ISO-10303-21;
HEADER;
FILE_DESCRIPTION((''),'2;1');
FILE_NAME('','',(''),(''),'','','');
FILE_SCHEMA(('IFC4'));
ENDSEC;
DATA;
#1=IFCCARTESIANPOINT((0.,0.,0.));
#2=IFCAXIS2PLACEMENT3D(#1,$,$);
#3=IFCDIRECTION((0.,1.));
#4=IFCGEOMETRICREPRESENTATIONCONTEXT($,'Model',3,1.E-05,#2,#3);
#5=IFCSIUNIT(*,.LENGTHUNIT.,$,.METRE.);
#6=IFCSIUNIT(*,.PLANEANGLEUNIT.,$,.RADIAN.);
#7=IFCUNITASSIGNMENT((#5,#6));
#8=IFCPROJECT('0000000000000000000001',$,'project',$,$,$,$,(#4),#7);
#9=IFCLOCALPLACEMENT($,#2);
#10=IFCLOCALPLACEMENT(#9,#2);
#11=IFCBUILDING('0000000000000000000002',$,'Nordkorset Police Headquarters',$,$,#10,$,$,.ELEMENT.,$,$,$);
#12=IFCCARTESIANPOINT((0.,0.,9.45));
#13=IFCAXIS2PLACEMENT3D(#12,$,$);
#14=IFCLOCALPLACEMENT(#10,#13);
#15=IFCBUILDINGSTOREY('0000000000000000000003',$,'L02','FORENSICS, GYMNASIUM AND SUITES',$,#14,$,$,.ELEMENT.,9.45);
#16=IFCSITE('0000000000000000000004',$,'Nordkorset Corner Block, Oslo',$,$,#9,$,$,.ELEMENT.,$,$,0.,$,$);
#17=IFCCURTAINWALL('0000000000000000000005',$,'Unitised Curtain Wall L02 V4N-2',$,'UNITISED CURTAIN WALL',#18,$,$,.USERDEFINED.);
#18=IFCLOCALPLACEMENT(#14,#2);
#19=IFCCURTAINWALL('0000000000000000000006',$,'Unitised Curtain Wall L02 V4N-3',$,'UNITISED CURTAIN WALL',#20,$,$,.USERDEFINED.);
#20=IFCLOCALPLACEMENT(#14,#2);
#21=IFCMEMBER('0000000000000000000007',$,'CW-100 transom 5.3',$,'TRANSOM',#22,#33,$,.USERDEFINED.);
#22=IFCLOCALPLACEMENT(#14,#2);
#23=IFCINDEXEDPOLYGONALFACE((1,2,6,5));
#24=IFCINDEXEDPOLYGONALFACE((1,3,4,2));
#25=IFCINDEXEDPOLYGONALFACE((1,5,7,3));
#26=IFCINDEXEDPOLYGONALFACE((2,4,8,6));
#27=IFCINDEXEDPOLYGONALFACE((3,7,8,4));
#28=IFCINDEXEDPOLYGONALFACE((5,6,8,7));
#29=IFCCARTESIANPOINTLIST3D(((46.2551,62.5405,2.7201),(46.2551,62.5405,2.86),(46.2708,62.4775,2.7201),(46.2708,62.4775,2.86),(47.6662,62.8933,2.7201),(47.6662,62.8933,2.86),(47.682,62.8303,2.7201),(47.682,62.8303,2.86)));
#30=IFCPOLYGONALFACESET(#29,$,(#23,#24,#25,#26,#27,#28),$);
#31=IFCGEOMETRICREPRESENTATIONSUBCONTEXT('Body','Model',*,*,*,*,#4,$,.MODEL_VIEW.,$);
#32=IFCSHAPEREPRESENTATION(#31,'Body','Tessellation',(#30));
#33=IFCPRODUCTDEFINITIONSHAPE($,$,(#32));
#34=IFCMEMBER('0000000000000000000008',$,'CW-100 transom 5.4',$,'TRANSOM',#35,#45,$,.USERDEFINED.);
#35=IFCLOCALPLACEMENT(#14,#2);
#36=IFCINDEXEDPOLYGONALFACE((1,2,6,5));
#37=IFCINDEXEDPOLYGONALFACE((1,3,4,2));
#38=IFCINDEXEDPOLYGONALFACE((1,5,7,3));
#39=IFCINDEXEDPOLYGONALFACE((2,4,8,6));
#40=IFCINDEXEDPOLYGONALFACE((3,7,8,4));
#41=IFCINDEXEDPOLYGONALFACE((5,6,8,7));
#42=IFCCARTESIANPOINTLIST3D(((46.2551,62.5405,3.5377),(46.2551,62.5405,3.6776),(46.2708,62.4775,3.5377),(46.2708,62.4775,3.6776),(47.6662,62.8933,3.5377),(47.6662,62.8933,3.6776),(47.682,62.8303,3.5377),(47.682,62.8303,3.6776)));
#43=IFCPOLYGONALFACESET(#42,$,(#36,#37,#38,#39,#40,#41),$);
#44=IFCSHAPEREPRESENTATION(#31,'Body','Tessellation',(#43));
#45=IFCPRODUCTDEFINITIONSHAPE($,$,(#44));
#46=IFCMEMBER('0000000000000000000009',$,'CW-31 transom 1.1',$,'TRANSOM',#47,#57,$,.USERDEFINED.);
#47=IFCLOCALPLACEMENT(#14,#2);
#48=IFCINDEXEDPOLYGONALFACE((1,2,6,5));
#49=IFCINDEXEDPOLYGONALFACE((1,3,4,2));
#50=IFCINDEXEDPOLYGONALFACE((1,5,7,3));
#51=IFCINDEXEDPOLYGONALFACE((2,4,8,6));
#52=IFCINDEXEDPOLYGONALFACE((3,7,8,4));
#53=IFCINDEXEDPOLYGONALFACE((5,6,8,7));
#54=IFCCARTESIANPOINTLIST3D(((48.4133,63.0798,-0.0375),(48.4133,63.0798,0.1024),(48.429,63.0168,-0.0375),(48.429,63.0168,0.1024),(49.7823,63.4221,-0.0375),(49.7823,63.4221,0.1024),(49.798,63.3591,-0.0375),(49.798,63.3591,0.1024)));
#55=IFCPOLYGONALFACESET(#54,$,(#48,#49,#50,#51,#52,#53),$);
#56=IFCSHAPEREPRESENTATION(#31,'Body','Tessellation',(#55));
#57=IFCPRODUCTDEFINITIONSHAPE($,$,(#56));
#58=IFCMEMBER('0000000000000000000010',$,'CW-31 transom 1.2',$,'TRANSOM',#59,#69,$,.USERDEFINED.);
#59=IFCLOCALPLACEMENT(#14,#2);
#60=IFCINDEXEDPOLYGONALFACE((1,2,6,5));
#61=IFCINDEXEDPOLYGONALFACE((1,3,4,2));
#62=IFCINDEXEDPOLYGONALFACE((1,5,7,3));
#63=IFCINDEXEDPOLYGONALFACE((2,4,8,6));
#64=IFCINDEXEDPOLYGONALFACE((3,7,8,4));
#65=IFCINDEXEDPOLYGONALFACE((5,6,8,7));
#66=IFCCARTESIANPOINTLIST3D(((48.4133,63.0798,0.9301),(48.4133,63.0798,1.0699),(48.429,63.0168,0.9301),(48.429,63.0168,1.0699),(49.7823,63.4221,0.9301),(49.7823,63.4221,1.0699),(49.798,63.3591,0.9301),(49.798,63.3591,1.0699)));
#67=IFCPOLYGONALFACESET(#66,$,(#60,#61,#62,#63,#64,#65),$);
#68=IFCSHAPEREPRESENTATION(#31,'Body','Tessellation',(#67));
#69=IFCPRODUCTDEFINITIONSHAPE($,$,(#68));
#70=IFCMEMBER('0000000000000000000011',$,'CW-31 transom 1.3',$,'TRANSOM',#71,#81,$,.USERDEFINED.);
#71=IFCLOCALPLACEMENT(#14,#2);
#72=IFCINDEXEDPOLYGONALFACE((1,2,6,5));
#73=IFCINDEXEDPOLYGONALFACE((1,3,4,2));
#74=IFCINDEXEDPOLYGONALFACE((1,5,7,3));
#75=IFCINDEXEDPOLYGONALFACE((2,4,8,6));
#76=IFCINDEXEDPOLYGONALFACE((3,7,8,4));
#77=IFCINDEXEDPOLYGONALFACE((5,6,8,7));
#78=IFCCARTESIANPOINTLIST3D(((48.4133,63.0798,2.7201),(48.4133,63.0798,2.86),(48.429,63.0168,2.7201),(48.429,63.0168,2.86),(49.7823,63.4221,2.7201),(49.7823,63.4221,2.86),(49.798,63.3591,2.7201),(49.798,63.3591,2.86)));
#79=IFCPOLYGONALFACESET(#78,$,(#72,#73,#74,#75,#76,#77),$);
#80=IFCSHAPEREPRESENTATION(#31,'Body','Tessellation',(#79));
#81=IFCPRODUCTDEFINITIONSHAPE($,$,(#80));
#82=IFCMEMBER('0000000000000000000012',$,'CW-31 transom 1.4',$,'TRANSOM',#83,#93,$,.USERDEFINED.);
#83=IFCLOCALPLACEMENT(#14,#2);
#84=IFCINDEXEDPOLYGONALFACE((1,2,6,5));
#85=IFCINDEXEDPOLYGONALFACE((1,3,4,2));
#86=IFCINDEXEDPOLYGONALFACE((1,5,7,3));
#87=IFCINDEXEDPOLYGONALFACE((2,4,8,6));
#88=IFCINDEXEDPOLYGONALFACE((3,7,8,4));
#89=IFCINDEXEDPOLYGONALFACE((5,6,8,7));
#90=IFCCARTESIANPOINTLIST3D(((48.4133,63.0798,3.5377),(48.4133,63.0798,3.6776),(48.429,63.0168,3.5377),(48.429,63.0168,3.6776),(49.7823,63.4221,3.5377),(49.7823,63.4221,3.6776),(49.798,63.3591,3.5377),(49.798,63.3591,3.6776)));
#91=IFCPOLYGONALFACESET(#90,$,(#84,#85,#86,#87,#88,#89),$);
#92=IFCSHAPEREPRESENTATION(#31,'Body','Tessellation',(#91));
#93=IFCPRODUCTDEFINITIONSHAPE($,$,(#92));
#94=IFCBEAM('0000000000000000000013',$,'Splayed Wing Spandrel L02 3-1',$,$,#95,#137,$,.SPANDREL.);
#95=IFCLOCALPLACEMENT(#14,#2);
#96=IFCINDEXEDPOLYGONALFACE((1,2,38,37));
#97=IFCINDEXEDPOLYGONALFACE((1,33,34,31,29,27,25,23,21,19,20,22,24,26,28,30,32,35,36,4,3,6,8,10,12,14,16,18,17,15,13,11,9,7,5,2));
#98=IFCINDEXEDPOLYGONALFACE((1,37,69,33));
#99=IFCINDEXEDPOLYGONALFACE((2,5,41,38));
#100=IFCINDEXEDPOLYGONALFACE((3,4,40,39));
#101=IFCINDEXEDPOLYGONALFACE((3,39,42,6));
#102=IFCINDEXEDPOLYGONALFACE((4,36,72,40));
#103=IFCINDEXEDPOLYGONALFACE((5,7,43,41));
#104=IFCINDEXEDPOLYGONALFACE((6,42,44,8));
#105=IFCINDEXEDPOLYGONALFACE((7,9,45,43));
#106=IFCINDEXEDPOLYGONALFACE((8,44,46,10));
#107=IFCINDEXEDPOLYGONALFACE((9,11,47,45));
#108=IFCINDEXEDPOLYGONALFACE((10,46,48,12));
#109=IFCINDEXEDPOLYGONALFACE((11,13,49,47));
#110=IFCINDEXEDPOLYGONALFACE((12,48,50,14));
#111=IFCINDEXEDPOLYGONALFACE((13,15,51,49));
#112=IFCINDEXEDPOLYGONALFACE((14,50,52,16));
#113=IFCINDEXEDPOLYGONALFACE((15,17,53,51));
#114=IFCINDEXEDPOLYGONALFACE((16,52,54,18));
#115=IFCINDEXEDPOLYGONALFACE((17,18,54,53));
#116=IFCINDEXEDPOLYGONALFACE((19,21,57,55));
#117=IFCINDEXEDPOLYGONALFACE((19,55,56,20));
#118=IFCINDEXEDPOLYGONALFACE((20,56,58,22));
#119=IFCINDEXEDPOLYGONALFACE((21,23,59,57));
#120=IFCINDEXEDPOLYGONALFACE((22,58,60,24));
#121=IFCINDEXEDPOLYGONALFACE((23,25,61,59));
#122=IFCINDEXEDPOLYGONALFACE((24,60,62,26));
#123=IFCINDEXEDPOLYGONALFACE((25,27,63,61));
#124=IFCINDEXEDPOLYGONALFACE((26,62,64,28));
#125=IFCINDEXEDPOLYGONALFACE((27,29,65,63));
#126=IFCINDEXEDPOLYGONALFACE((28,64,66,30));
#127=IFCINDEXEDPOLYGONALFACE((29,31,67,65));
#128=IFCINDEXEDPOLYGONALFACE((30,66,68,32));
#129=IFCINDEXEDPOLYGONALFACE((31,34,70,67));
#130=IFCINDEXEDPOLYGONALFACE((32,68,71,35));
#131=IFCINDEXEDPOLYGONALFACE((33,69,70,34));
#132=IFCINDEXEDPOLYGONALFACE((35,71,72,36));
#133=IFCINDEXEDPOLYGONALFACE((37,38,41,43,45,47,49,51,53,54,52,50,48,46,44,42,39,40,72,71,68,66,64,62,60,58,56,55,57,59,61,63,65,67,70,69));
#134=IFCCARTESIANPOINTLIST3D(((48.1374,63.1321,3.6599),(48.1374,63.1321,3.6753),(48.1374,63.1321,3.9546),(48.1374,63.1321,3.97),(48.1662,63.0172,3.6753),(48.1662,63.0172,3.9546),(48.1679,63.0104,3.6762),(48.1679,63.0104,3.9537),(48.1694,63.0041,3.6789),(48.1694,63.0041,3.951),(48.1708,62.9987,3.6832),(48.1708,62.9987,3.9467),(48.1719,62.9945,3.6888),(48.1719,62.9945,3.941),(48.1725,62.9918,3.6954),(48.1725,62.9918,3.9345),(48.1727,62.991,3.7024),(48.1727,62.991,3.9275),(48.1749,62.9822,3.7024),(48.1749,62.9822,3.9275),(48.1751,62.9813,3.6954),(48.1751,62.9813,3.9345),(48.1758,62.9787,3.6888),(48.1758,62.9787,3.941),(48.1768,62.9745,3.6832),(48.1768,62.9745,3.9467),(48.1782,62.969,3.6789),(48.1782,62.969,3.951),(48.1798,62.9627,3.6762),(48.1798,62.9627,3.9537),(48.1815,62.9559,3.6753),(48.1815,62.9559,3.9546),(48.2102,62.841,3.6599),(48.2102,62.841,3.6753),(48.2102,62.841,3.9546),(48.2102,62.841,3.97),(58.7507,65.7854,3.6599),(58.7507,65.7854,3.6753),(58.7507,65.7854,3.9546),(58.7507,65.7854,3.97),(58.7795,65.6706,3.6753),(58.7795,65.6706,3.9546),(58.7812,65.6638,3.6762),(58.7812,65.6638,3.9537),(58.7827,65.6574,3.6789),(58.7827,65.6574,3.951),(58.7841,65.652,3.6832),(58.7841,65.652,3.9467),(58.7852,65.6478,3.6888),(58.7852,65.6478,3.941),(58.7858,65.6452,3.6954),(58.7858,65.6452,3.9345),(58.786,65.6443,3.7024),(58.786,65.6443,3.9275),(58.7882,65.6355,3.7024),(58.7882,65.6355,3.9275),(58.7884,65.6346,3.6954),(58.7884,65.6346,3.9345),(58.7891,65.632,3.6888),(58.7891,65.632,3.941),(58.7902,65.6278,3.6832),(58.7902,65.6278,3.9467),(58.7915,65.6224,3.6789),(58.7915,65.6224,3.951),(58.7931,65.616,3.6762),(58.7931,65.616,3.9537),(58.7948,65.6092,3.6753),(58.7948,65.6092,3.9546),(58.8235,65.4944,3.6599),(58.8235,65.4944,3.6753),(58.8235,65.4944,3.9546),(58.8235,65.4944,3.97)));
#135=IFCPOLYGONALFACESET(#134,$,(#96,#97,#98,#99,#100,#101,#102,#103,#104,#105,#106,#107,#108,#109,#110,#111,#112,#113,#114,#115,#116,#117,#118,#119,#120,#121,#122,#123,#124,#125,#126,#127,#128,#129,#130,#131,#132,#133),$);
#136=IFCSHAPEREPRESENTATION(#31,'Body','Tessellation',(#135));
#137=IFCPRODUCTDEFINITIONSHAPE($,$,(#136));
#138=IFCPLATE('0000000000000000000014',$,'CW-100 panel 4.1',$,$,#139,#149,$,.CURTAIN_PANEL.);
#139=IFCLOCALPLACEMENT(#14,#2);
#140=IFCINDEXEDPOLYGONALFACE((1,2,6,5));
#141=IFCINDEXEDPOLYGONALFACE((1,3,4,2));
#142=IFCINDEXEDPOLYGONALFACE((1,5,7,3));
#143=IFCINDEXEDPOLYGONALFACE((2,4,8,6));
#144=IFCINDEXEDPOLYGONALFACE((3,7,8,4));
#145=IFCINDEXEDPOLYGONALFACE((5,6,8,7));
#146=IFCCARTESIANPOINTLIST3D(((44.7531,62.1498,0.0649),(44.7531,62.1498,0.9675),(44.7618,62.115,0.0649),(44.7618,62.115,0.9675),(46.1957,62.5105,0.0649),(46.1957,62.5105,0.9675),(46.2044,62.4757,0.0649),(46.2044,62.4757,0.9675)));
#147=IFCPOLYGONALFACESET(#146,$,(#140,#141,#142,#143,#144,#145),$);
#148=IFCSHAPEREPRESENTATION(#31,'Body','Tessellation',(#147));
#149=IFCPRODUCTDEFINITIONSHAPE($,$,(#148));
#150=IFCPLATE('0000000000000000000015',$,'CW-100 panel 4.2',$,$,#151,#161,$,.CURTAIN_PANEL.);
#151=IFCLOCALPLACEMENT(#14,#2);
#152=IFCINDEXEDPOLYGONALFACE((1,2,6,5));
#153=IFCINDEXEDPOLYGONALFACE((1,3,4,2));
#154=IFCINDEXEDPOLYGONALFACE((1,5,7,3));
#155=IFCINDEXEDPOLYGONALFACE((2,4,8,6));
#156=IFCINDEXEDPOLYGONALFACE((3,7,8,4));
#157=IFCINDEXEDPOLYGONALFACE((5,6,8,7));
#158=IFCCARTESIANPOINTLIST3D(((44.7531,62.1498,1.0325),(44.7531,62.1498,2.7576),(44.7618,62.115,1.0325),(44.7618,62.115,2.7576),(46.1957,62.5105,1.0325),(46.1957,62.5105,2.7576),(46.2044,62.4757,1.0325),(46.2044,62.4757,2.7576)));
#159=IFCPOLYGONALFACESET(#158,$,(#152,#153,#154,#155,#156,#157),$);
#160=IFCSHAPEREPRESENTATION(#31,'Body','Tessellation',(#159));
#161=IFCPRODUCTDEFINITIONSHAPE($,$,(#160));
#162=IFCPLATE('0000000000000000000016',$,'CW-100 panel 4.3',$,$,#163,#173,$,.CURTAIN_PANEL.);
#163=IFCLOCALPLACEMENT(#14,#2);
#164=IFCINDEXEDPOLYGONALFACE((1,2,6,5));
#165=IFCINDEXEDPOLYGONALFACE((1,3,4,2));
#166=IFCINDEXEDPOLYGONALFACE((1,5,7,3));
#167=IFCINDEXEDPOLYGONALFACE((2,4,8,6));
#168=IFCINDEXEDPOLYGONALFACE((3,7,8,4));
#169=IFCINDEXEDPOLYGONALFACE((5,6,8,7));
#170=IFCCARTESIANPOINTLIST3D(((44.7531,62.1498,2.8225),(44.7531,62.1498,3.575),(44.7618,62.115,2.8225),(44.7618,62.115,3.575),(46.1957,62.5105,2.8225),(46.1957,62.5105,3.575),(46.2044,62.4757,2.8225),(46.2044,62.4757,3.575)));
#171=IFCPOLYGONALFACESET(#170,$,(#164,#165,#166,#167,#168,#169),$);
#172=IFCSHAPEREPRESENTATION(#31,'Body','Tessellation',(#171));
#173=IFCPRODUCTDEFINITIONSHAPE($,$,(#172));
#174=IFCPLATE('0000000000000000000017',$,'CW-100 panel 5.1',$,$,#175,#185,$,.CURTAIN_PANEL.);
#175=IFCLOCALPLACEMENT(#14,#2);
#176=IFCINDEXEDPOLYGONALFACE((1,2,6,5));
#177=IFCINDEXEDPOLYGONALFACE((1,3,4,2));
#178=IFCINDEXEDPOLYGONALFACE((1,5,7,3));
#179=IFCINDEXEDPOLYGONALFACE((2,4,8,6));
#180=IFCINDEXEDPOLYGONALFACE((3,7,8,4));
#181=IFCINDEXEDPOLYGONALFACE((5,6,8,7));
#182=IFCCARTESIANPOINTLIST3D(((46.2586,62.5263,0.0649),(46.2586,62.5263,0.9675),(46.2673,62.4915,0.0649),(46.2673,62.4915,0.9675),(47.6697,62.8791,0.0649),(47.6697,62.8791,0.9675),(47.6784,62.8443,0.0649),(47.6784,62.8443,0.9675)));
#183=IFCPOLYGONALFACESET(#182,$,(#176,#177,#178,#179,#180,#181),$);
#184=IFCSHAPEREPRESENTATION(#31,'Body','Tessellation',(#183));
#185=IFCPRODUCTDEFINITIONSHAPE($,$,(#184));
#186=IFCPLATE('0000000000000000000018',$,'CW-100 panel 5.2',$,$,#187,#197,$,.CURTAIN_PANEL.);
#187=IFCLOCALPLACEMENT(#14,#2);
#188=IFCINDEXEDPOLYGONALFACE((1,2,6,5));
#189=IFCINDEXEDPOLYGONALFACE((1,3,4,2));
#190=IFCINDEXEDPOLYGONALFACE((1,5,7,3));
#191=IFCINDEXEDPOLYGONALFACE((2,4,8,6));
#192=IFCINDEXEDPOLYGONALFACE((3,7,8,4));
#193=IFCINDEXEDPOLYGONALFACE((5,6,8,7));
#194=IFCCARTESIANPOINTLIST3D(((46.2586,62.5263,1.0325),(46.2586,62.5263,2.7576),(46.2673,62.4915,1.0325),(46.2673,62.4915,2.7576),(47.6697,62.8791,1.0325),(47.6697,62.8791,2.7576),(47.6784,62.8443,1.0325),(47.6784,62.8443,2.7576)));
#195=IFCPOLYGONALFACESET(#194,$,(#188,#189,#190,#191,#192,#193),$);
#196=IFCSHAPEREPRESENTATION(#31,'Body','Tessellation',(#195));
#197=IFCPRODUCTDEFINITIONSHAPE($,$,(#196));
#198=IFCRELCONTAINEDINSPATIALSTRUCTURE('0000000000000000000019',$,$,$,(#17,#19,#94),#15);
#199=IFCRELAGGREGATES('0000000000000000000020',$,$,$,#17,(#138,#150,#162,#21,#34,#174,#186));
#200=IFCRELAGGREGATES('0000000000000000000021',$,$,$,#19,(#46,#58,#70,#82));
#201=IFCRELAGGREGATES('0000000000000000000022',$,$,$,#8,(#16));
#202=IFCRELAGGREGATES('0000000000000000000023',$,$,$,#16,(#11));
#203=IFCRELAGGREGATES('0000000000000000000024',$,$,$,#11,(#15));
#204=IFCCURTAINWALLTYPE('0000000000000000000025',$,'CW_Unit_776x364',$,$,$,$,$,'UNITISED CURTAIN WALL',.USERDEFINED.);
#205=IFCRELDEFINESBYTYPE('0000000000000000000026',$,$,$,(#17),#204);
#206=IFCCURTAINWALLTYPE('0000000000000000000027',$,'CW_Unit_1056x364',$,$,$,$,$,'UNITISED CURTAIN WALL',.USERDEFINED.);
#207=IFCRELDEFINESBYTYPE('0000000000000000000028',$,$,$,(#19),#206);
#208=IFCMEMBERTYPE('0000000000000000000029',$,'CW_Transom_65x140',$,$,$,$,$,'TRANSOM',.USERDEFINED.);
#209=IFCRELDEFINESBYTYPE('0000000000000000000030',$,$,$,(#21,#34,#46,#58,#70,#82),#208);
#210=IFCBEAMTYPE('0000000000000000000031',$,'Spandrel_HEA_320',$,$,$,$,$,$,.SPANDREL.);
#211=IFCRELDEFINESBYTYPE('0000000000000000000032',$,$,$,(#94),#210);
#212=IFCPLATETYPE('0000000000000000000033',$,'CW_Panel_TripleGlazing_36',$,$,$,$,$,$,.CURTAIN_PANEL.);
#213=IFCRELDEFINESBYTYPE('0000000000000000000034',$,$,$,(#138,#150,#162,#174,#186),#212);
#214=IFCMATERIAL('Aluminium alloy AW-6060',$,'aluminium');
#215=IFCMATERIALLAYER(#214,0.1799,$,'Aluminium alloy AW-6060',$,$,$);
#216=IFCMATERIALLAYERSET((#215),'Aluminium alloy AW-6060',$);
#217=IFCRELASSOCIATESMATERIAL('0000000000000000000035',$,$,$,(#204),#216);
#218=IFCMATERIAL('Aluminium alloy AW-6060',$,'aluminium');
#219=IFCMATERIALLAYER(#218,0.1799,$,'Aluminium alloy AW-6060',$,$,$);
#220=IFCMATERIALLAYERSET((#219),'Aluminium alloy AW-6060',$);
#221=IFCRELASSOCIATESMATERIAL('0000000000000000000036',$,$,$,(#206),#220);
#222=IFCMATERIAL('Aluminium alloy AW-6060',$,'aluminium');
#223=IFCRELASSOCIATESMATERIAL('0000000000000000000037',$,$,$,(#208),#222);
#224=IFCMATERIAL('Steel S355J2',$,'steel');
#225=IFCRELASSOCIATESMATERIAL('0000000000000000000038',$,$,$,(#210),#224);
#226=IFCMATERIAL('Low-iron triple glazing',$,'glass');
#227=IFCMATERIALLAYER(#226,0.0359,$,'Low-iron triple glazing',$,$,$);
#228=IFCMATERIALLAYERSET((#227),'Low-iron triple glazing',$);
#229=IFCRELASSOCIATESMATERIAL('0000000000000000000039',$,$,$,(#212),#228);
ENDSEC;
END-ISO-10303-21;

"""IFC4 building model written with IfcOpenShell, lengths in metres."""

from ifc_helpers import new_model, si_unit, direction, frame, origin, origin_2d, place, context, subcontext, project, spatial, rectangle, i_section, extrude, material, layer, layer_set, material_profile, profile_set, type_object, element, aggregate, save


model = new_model("IFC4")

# Units and contexts
model_context = context("Model", 3, precision=1e-05, world=origin(), true_north=direction((0.0, 1.0)))
body_context = subcontext(model_context, "Body", "Model", "MODEL_VIEW")
ifc_project = project(units=[si_unit("LENGTHUNIT", "METRE"), si_unit("PLANEANGLEUNIT", "RADIAN")], contexts=[model_context])

# Site, building, storey
site_placement = place(None, origin())
site = spatial("IfcSite", under=ifc_project, at=site_placement, Name="Nordkorset Corner Block, Oslo", CompositionType="ELEMENT", RefElevation=0.0)
building_placement = place(site_placement, origin())
building = spatial("IfcBuilding", under=site, at=building_placement, Name="Nordkorset Police Headquarters", CompositionType="ELEMENT")
storey_placement = place(building_placement, frame((0.0, 0.0, 9.45)))
storey = spatial("IfcBuildingStorey", under=building, at=storey_placement, Name="L02", Description="FORENSICS, GYMNASIUM AND SUITES", CompositionType="ELEMENT", Elevation=9.45)

# Curtain wall
ifc_material_1 = material(Name="Aluminium alloy AW-6060", Category="aluminium")
ifc_layer_1 = layer(ifc_material_1, 0.1799, Name="Aluminium alloy AW-6060")
ifc_layer_set_1 = layer_set([ifc_layer_1], Name="Aluminium alloy AW-6060")
curtain_wall_type_1 = type_object("IfcCurtainWallType", Name="CW_Unit_776x364", ElementType="UNITISED CURTAIN WALL", PredefinedType="USERDEFINED", material=ifc_layer_set_1)
curtain_wall_1_placement = place(storey_placement, origin())
curtain_wall_1 = element("IfcCurtainWall", 1, at=curtain_wall_1_placement, inside=storey, type_object=curtain_wall_type_1, Name="Unitised Curtain Wall L02 V4N-2", ObjectType="UNITISED CURTAIN WALL", PredefinedType="USERDEFINED")

# Curtain wall
ifc_material_2 = material(Name="Aluminium alloy AW-6060", Category="aluminium")
ifc_layer_2 = layer(ifc_material_2, 0.1799, Name="Aluminium alloy AW-6060")
ifc_layer_set_2 = layer_set([ifc_layer_2], Name="Aluminium alloy AW-6060")
curtain_wall_type_2 = type_object("IfcCurtainWallType", Name="CW_Unit_1056x364", ElementType="UNITISED CURTAIN WALL", PredefinedType="USERDEFINED", material=ifc_layer_set_2)
curtain_wall_2_placement = place(storey_placement, origin())
curtain_wall_2 = element("IfcCurtainWall", 2, at=curtain_wall_2_placement, inside=storey, type_object=curtain_wall_type_2, Name="Unitised Curtain Wall L02 V4N-3", ObjectType="UNITISED CURTAIN WALL", PredefinedType="USERDEFINED")

# Members
ifc_material_3 = material(Name="Aluminium alloy AW-6060", Category="aluminium")
ifc_material_profile_1 = material_profile(ifc_material_3, rectangle(XDim=0.0649, YDim=0.1399, at=origin_2d()), Name="ALU TRAN 65x140")
ifc_profile_set_1 = profile_set([ifc_material_profile_1], Name="Aluminium alloy AW-6060")
member_type_1 = type_object("IfcMemberType", Name="CW_Transom_65x140", ElementType="TRANSOM", PredefinedType="USERDEFINED", material=ifc_profile_set_1)
member_1_placement = place(storey_placement, frame((46.2629, 62.509, 2.79), z_axis=(0.970143, 0.242536, 0.0), x_axis=(-0.242536, 0.970143, 0.0)))
member_1 = element("IfcMember", 3, at=member_1_placement, type_object=member_type_1, Name="CW-100 transom 5.3", ObjectType="TRANSOM", PredefinedType="USERDEFINED", context=body_context, shape_type="SweptSolid", body=[
    extrude(rectangle(XDim=0.0649, YDim=0.1399, at=origin_2d()), origin(), (0.0, 0.0, 1.0), 1.4546),
])
member_2_placement = place(storey_placement, frame((46.2629, 62.509, 3.6077), z_axis=(0.970143, 0.242536, 0.0), x_axis=(-0.242536, 0.970143, 0.0)))
member_2 = element("IfcMember", 4, at=member_2_placement, type_object=member_type_1, Name="CW-100 transom 5.4", ObjectType="TRANSOM", PredefinedType="USERDEFINED", context=body_context, shape_type="SweptSolid", body=[
    extrude(rectangle(XDim=0.0649, YDim=0.1399, at=origin_2d()), origin(), (0.0, 0.0, 1.0), 1.4546),
])
member_3_placement = place(storey_placement, frame((48.4211, 63.0483, 0.0325), z_axis=(0.970132, 0.242576, 0.0), x_axis=(-0.242576, 0.970132, 0.0)))
member_3 = element("IfcMember", 5, at=member_3_placement, type_object=member_type_1, Name="CW-31 transom 1.1", ObjectType="TRANSOM", PredefinedType="USERDEFINED", context=body_context, shape_type="SweptSolid", body=[
    extrude(rectangle(XDim=0.0649, YDim=0.1399, at=origin_2d()), origin(), (0.0, 0.0, 1.0), 1.4111),
])
member_4_placement = place(storey_placement, frame((48.4211, 63.0483, 1.0), z_axis=(0.970132, 0.242576, 0.0), x_axis=(-0.242576, 0.970132, 0.0)))
member_4 = element("IfcMember", 6, at=member_4_placement, type_object=member_type_1, Name="CW-31 transom 1.2", ObjectType="TRANSOM", PredefinedType="USERDEFINED", context=body_context, shape_type="SweptSolid", body=[
    extrude(rectangle(XDim=0.0649, YDim=0.1399, at=origin_2d()), origin(), (0.0, 0.0, 1.0), 1.4111),
])
member_5_placement = place(storey_placement, frame((48.4211, 63.0483, 2.79), z_axis=(0.970132, 0.242576, 0.0), x_axis=(-0.242576, 0.970132, 0.0)))
member_5 = element("IfcMember", 7, at=member_5_placement, type_object=member_type_1, Name="CW-31 transom 1.3", ObjectType="TRANSOM", PredefinedType="USERDEFINED", context=body_context, shape_type="SweptSolid", body=[
    extrude(rectangle(XDim=0.0649, YDim=0.1399, at=origin_2d()), origin(), (0.0, 0.0, 1.0), 1.4111),
])
member_6_placement = place(storey_placement, frame((48.4211, 63.0483, 3.6077), z_axis=(0.970132, 0.242576, 0.0), x_axis=(-0.242576, 0.970132, 0.0)))
member_6 = element("IfcMember", 8, at=member_6_placement, type_object=member_type_1, Name="CW-31 transom 1.4", ObjectType="TRANSOM", PredefinedType="USERDEFINED", context=body_context, shape_type="SweptSolid", body=[
    extrude(rectangle(XDim=0.0649, YDim=0.1399, at=origin_2d()), origin(), (0.0, 0.0, 1.0), 1.4111),
])

# Beam
ifc_material_4 = material(Name="Steel S355J2", Category="steel")
ifc_material_profile_2 = material_profile(ifc_material_4, i_section(OverallWidth=0.3, OverallDepth=0.3101, WebThickness=0.009, FlangeThickness=0.0154, FilletRadius=0.0271, at=origin_2d()), Name="HEA 320")
ifc_profile_set_2 = profile_set([ifc_material_profile_2], Name="Steel S355J2")
beam_type_1 = type_object("IfcBeamType", Name="Spandrel_HEA_320", PredefinedType="SPANDREL", material=ifc_profile_set_2)
beam_1_placement = place(storey_placement, frame((48.1738, 62.9866, 3.8149), z_axis=(0.970143, 0.242536, 0.0), x_axis=(-0.242536, 0.970143, 0.0)))
element("IfcBeam", 9, at=beam_1_placement, inside=storey, type_object=beam_type_1, Name="Splayed Wing Spandrel L02 3-1", PredefinedType="SPANDREL", context=body_context, shape_type="SweptSolid", body=[
    extrude(i_section(OverallWidth=0.3, OverallDepth=0.3101, WebThickness=0.009, FlangeThickness=0.0154, FilletRadius=0.0271, at=origin_2d()), origin(), (0.0, 0.0, 1.0), 10.9399),
])

# Plates
ifc_material_5 = material(Name="Low-iron triple glazing", Category="glass")
ifc_layer_3 = layer(ifc_material_5, 0.0359, Name="Low-iron triple glazing")
ifc_layer_set_3 = layer_set([ifc_layer_3], Name="Low-iron triple glazing")
plate_type = type_object("IfcPlateType", Name="CW_Panel_TripleGlazing_36", PredefinedType="CURTAIN_PANEL", material=ifc_layer_set_3)
plate_1_placement = place(storey_placement, frame((45.4788, 62.3127, 0.0649), z_axis=(0.0, 0.0, 1.0), x_axis=(0.970142, 0.242536, 0.0)))
plate_1 = element("IfcPlate", 10, at=plate_1_placement, type_object=plate_type, Name="CW-100 panel 4.1", PredefinedType="CURTAIN_PANEL", context=body_context, shape_type="SweptSolid", body=[
    extrude(rectangle(XDim=1.4871, YDim=0.0359, at=origin_2d()), origin(), (0.0, 0.0, 1.0), 0.9026),
])
plate_2_placement = place(storey_placement, frame((45.4788, 62.3127, 1.0325), z_axis=(0.0, 0.0, 1.0), x_axis=(0.970142, 0.242536, 0.0)))
plate_2 = element("IfcPlate", 11, at=plate_2_placement, type_object=plate_type, Name="CW-100 panel 4.2", PredefinedType="CURTAIN_PANEL", context=body_context, shape_type="SweptSolid", body=[
    extrude(rectangle(XDim=1.4871, YDim=0.0359, at=origin_2d()), origin(), (0.0, 0.0, 1.0), 1.7251),
])
plate_3_placement = place(storey_placement, frame((45.4788, 62.3127, 2.8225), z_axis=(0.0, 0.0, 1.0), x_axis=(0.970142, 0.242536, 0.0)))
plate_3 = element("IfcPlate", 12, at=plate_3_placement, type_object=plate_type, Name="CW-100 panel 4.3", PredefinedType="CURTAIN_PANEL", context=body_context, shape_type="SweptSolid", body=[
    extrude(rectangle(XDim=1.4871, YDim=0.0359, at=origin_2d()), origin(), (0.0, 0.0, 1.0), 0.7524),
])
plate_4_placement = place(storey_placement, frame((46.9685, 62.6853, 0.0649), z_axis=(0.0, 0.0, 1.0), x_axis=(0.970142, 0.242536, 0.0)))
plate_4 = element("IfcPlate", 13, at=plate_4_placement, type_object=plate_type, Name="CW-100 panel 5.1", PredefinedType="CURTAIN_PANEL", context=body_context, shape_type="SweptSolid", body=[
    extrude(rectangle(XDim=1.4546, YDim=0.0359, at=origin_2d()), origin(), (0.0, 0.0, 1.0), 0.9026),
])
plate_5_placement = place(storey_placement, frame((46.9685, 62.6853, 1.0325), z_axis=(0.0, 0.0, 1.0), x_axis=(0.970142, 0.242536, 0.0)))
plate_5 = element("IfcPlate", 14, at=plate_5_placement, type_object=plate_type, Name="CW-100 panel 5.2", PredefinedType="CURTAIN_PANEL", context=body_context, shape_type="SweptSolid", body=[
    extrude(rectangle(XDim=1.4546, YDim=0.0359, at=origin_2d()), origin(), (0.0, 0.0, 1.0), 1.7251),
])
aggregate(curtain_wall_1, [plate_1, plate_2, plate_3, member_1, member_2, plate_4, plate_5])
aggregate(curtain_wall_2, [member_3, member_4, member_5, member_6])

save(model, "model.ifc")
